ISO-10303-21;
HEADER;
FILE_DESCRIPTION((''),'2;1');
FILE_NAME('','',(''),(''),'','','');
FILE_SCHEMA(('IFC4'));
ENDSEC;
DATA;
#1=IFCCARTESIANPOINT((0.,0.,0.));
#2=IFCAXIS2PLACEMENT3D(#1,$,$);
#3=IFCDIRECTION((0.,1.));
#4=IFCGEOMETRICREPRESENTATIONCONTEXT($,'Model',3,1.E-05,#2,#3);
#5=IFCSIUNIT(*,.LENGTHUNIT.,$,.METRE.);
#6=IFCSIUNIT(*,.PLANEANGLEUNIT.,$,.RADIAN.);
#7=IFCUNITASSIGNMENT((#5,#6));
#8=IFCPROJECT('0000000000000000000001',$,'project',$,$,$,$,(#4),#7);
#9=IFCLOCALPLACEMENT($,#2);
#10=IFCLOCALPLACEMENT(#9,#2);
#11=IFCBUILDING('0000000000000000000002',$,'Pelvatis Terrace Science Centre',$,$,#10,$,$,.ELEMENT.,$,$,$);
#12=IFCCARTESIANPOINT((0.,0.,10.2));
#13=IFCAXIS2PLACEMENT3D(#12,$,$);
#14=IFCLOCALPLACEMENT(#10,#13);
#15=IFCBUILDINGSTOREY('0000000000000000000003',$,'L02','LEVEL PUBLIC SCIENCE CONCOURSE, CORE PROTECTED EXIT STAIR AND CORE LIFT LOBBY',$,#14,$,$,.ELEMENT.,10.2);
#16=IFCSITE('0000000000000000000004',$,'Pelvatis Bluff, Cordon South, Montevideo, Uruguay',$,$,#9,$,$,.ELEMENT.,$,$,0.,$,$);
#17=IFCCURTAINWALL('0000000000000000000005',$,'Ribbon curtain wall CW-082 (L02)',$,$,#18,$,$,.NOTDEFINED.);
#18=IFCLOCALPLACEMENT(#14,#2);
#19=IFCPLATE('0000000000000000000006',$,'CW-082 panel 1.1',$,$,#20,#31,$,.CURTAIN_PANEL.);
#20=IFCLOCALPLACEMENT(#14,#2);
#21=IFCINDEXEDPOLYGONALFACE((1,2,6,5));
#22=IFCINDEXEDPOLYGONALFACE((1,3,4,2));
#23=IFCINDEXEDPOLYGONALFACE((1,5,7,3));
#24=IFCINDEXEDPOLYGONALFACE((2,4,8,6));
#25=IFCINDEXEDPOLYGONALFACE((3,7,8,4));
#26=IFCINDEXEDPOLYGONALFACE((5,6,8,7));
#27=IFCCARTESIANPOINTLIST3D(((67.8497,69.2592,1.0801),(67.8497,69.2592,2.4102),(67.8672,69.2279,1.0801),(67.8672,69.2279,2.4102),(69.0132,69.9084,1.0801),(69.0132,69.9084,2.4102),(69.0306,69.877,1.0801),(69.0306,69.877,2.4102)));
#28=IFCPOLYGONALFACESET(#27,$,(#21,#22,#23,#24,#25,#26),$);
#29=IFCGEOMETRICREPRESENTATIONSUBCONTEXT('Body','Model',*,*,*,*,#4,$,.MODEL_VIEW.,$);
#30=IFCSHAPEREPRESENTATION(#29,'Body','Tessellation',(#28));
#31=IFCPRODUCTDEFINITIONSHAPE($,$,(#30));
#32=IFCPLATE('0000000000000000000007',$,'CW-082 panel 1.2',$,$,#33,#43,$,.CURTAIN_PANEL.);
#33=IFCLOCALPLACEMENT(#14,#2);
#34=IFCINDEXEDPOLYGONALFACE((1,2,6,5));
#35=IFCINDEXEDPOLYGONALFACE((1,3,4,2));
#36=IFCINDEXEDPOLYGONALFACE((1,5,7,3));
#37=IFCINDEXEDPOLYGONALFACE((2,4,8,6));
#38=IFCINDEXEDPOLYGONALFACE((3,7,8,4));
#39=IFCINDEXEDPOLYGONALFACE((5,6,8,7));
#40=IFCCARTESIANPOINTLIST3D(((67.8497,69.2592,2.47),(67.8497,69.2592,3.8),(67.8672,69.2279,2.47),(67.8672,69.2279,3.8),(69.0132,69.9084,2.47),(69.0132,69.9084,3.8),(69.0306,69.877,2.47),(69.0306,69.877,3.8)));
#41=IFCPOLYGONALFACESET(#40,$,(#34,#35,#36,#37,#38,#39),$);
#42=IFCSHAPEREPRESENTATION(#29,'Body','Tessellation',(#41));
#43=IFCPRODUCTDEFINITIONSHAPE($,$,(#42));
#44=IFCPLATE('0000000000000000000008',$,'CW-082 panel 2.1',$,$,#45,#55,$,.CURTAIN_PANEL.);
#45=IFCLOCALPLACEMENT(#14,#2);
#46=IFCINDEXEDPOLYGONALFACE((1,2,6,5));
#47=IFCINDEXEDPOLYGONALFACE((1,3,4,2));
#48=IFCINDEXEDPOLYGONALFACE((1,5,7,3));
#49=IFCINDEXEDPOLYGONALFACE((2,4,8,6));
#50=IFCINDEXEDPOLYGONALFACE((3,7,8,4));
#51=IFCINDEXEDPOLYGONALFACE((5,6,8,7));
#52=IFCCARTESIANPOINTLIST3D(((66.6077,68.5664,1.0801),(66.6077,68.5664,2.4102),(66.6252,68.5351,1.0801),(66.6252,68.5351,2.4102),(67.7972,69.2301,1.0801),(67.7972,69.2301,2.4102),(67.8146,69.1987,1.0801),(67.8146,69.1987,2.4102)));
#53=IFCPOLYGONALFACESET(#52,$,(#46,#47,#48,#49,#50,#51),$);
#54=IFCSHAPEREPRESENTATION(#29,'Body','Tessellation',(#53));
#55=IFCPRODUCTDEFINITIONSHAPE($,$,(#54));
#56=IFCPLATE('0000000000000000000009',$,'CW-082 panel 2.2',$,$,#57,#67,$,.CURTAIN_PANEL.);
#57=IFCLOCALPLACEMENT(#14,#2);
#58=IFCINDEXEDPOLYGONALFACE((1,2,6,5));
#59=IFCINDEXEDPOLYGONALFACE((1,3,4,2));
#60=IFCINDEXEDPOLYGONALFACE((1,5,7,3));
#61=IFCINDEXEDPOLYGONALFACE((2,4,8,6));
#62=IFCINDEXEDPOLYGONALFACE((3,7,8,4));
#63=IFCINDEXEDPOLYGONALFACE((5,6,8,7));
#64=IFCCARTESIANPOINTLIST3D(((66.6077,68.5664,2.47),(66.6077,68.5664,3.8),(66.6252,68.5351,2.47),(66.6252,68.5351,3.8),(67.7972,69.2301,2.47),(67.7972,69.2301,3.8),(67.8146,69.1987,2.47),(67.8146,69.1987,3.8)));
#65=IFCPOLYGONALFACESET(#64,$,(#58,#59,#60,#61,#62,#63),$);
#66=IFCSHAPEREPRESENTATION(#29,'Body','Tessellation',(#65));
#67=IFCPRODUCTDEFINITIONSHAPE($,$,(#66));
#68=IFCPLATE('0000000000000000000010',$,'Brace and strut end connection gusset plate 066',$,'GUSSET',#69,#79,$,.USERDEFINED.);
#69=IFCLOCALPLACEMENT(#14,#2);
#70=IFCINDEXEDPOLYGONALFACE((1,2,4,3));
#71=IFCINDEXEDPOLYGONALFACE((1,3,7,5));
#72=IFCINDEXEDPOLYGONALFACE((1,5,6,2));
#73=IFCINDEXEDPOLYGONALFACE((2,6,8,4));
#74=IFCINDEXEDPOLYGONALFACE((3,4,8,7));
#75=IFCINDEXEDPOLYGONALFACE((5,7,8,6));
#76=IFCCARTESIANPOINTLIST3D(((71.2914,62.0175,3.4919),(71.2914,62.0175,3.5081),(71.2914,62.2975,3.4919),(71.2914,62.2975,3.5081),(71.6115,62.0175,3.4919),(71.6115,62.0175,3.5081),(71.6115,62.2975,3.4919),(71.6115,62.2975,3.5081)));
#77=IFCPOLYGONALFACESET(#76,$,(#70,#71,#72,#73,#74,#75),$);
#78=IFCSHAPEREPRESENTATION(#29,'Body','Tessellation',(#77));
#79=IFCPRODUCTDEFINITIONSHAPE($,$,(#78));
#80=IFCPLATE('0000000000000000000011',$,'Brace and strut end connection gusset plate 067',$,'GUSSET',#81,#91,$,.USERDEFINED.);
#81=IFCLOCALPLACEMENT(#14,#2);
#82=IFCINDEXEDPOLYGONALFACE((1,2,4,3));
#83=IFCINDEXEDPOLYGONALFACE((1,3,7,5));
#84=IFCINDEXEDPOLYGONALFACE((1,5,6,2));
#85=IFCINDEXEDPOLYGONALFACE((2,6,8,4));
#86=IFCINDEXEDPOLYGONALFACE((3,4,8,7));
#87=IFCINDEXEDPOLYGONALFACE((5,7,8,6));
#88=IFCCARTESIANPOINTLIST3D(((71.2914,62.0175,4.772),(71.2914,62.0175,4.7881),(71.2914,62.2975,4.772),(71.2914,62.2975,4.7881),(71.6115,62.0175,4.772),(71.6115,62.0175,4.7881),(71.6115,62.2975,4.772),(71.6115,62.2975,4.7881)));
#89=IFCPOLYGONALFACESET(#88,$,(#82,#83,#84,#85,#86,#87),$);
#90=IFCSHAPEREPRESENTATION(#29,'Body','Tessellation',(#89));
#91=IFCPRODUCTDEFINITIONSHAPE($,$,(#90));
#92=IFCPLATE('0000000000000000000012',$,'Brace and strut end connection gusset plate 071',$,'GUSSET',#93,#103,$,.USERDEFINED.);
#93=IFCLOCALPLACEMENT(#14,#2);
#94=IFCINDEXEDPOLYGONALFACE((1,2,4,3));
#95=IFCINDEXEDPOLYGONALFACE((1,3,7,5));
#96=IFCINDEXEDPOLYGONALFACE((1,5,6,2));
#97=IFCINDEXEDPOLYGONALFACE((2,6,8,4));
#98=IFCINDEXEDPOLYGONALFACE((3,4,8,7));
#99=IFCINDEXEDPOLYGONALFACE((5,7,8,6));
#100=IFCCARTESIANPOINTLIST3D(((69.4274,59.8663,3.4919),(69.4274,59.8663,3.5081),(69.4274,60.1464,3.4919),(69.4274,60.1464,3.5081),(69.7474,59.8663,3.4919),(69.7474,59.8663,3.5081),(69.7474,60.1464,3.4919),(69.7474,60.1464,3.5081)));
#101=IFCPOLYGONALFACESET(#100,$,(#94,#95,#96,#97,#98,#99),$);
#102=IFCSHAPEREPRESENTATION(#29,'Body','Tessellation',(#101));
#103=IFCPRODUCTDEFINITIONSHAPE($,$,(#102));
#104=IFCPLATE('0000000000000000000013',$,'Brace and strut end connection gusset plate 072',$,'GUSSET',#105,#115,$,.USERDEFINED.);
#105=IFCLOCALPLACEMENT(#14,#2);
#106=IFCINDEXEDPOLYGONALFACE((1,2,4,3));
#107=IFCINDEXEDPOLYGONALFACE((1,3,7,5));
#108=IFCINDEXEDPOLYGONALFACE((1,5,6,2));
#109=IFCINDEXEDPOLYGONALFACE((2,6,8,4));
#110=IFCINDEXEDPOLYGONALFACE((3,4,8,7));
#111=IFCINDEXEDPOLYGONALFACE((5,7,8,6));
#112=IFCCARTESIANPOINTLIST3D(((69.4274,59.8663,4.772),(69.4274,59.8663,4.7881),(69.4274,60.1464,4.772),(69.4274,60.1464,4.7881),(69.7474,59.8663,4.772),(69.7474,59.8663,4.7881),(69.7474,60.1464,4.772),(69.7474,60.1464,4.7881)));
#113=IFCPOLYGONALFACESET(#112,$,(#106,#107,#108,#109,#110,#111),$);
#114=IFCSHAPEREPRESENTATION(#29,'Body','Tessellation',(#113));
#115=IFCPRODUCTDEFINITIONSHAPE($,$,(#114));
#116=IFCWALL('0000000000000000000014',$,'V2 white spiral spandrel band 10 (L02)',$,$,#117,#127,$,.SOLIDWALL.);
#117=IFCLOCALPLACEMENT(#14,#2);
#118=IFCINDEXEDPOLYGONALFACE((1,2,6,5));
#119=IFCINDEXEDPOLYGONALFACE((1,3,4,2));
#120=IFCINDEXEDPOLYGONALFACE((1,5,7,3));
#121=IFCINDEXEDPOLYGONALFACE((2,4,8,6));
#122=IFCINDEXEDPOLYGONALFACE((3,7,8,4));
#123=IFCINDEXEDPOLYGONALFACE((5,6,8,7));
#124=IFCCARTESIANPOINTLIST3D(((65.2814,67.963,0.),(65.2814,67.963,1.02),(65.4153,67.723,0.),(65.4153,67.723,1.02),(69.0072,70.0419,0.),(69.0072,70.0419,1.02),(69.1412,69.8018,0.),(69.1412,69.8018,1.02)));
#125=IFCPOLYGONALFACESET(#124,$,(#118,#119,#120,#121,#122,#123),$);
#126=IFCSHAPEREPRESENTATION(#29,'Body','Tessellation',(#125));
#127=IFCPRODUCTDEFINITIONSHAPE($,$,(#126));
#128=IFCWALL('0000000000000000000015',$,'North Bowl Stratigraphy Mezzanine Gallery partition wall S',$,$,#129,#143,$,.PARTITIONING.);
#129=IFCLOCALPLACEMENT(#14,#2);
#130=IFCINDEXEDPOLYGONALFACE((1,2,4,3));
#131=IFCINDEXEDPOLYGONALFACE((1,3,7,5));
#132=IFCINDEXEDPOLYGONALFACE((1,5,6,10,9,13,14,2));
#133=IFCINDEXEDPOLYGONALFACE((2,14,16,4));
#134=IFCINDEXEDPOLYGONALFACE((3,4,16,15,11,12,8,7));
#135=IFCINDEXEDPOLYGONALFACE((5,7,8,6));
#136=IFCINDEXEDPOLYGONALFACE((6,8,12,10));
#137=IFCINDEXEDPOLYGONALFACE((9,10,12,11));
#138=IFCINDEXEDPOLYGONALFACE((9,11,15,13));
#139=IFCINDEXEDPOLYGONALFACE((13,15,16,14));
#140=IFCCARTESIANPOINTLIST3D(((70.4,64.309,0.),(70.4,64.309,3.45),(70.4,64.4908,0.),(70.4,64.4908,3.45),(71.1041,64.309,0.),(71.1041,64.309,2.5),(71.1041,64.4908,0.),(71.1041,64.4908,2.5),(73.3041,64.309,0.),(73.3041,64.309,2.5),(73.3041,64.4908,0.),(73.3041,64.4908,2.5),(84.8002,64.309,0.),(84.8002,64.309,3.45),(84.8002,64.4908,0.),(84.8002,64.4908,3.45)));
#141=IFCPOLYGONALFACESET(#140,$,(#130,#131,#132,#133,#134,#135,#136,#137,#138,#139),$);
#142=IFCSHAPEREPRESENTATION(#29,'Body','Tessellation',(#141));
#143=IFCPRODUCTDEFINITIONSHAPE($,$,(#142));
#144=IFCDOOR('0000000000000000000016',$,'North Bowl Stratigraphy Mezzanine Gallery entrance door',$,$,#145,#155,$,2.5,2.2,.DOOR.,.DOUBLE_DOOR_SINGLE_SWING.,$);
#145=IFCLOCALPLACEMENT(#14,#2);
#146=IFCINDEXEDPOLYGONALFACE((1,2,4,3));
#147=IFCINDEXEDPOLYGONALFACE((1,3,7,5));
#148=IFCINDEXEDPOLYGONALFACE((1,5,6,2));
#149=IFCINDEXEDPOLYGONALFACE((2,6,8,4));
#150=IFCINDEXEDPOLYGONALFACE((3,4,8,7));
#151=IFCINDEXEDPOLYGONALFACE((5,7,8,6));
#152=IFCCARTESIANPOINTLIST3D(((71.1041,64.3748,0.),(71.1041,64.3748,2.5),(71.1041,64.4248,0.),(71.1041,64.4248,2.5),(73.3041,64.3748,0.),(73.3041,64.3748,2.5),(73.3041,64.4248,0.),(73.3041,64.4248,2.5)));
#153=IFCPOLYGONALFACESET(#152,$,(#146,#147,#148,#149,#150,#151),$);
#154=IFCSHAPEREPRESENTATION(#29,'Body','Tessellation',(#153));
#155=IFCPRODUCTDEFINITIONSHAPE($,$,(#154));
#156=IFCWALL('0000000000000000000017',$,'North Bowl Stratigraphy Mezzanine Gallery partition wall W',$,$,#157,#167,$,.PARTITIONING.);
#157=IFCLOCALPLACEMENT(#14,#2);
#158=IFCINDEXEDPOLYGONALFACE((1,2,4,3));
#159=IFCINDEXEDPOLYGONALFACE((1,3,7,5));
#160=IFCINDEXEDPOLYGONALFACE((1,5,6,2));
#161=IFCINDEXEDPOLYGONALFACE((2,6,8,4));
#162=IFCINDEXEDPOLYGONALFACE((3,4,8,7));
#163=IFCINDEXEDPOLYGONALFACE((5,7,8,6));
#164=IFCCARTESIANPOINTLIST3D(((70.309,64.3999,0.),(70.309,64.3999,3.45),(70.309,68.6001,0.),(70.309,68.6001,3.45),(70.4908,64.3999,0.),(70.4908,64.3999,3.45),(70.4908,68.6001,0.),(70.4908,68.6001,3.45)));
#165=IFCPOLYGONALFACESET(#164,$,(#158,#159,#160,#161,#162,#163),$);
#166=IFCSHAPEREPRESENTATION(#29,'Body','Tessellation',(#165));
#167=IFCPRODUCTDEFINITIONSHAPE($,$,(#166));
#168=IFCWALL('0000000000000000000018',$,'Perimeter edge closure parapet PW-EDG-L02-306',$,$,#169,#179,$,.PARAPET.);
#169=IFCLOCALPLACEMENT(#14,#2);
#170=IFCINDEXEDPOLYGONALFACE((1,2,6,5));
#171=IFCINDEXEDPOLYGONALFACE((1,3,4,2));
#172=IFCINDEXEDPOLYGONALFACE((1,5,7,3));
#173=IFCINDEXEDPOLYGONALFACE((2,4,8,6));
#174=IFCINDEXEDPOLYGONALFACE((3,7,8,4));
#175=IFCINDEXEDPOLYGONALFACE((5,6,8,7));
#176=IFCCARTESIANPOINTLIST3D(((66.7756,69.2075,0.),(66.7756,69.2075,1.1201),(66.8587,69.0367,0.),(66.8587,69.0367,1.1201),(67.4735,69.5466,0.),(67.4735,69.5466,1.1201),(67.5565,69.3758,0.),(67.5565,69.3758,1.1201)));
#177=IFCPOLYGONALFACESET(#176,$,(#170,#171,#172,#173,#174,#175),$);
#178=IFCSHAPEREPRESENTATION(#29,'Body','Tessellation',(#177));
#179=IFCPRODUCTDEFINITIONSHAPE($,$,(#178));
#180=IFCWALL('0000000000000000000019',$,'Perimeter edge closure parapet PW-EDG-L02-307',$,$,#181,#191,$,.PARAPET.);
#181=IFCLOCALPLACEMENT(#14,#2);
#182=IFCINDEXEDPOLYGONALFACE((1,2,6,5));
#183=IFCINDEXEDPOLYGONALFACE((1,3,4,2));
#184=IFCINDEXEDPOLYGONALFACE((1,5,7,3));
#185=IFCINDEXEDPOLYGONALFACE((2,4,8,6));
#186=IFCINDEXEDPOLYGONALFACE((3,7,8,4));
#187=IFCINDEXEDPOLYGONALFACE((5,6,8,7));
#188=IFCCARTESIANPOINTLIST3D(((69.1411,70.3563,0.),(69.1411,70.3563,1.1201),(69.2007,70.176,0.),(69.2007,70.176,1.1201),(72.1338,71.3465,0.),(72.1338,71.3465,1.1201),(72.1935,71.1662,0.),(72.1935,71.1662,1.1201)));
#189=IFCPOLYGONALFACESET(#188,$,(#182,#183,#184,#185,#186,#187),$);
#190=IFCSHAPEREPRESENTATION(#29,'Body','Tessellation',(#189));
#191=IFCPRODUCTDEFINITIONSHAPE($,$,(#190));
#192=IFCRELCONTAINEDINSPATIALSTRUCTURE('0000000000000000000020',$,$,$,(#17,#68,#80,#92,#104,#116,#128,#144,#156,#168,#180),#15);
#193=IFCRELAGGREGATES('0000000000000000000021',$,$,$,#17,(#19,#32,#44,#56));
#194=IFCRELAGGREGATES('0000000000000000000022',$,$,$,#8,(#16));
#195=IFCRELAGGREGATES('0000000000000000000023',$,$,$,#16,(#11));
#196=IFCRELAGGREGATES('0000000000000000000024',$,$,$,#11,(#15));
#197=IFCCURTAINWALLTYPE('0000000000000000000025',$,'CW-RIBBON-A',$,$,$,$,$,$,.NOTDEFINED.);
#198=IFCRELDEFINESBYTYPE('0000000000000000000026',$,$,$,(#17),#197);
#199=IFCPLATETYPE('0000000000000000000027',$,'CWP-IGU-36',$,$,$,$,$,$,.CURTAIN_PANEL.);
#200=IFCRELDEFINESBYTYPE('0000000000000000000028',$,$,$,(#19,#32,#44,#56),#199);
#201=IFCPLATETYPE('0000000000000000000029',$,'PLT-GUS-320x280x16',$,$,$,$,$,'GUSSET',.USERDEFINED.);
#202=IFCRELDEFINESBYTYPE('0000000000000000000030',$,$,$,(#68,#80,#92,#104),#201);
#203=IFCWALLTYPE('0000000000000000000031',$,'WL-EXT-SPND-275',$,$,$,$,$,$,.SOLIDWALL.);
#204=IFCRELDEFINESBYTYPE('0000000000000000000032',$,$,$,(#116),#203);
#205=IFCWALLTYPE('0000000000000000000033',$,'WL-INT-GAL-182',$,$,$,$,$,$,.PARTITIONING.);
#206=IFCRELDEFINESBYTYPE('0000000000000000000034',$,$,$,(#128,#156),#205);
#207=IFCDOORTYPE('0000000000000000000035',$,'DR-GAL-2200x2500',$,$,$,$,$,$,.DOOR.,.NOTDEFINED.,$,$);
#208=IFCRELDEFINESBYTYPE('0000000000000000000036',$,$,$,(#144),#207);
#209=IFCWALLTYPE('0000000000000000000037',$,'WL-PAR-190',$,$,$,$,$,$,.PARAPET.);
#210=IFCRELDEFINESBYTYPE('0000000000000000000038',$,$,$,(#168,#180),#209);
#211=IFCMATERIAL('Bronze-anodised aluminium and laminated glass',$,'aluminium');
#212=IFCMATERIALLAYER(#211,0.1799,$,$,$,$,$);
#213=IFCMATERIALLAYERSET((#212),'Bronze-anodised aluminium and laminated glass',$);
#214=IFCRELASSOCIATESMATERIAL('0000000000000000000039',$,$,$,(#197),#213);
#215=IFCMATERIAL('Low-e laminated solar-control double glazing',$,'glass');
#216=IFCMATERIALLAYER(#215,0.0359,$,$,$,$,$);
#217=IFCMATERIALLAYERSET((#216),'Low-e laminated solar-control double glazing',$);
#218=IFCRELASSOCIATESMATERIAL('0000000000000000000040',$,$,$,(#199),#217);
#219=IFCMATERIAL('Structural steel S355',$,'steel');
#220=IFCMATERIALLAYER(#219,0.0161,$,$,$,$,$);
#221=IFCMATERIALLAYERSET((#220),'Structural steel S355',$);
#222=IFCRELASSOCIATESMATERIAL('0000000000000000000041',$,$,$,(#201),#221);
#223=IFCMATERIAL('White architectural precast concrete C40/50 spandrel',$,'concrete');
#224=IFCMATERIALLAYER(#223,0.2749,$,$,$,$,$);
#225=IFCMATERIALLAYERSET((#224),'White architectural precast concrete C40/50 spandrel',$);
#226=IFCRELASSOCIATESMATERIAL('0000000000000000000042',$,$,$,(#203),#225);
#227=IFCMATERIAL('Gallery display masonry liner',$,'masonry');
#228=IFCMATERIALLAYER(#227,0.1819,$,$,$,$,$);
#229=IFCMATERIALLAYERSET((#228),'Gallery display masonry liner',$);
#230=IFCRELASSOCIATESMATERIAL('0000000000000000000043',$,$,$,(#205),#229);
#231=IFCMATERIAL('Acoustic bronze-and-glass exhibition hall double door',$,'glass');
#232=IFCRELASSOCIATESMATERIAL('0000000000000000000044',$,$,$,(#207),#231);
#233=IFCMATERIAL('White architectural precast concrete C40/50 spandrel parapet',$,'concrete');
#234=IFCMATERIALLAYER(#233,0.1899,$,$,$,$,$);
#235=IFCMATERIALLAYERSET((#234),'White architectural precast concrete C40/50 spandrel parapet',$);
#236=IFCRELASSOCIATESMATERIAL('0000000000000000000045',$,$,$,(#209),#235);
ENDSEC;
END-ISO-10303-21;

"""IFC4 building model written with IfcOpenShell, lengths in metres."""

from ifc_helpers import new_model, si_unit, direction, frame, frame_2d, origin, origin_2d, place, context, subcontext, project, spatial, rectangle, extrude, material, layer, layer_set, type_object, element, fill, aggregate, save


model = new_model("IFC4")

# Units and contexts
model_context = context("Model", 3, precision=1e-05, world=origin(), true_north=direction((0.0, 1.0)))
body_context = subcontext(model_context, "Body", "Model", "MODEL_VIEW")
ifc_project = project(units=[si_unit("LENGTHUNIT", "METRE"), si_unit("PLANEANGLEUNIT", "RADIAN")], contexts=[model_context])

# Site, building, storey
site_placement = place(None, origin())
site = spatial("IfcSite", under=ifc_project, at=site_placement, Name="Pelvatis Bluff, Cordon South, Montevideo, Uruguay", CompositionType="ELEMENT", RefElevation=0.0)
building_placement = place(site_placement, origin())
building = spatial("IfcBuilding", under=site, at=building_placement, Name="Pelvatis Terrace Science Centre", CompositionType="ELEMENT")
storey_placement = place(building_placement, frame((0.0, 0.0, 10.2)))
storey = spatial("IfcBuildingStorey", under=building, at=storey_placement, Name="L02", Description="LEVEL PUBLIC SCIENCE CONCOURSE, CORE PROTECTED EXIT STAIR AND CORE LIFT LOBBY", CompositionType="ELEMENT", Elevation=10.2)

# Curtain wall
ifc_material_1 = material(Name="Bronze-anodised aluminium and laminated glass", Category="aluminium")
ifc_layer_1 = layer(ifc_material_1, 0.1799)
ifc_layer_set_1 = layer_set([ifc_layer_1], Name="Bronze-anodised aluminium and laminated glass")
curtain_wall_type = type_object("IfcCurtainWallType", Name="CW-RIBBON-A", PredefinedType="NOTDEFINED", material=ifc_layer_set_1)
curtain_wall_1_placement = place(storey_placement, origin())
curtain_wall_1 = element("IfcCurtainWall", 1, at=curtain_wall_1_placement, inside=storey, type_object=curtain_wall_type, Name="Ribbon curtain wall CW-082 (L02)", PredefinedType="NOTDEFINED")

# Plates
ifc_material_2 = material(Name="Low-e laminated solar-control double glazing", Category="glass")
ifc_layer_2 = layer(ifc_material_2, 0.0359)
ifc_layer_set_2 = layer_set([ifc_layer_2], Name="Low-e laminated solar-control double glazing")
plate_type_1 = type_object("IfcPlateType", Name="CWP-IGU-36", PredefinedType="CURTAIN_PANEL", material=ifc_layer_set_2)
plate_1_placement = place(storey_placement, frame((68.4402, 69.5681, 1.0801), z_axis=(0.0, 0.0, 1.0), x_axis=(-0.873259, -0.487256, 0.0)))
plate_1 = element("IfcPlate", 2, at=plate_1_placement, type_object=plate_type_1, Name="CW-082 panel 1.1", PredefinedType="CURTAIN_PANEL", context=body_context, shape_type="SweptSolid", body=[
    extrude(rectangle(XDim=1.3323, YDim=0.0359, at=origin_2d()), origin(), (0.0, 0.0, 1.0), 1.3301),
])
plate_2_placement = place(storey_placement, frame((68.4402, 69.5681, 2.47), z_axis=(0.0, 0.0, 1.0), x_axis=(-0.873259, -0.487256, 0.0)))
plate_2 = element("IfcPlate", 3, at=plate_2_placement, type_object=plate_type_1, Name="CW-082 panel 1.2", PredefinedType="CURTAIN_PANEL", context=body_context, shape_type="SweptSolid", body=[
    extrude(rectangle(XDim=1.3323, YDim=0.0359, at=origin_2d()), origin(), (0.0, 0.0, 1.0), 1.3301),
])
plate_3_placement = place(storey_placement, frame((67.2112, 68.8826, 1.0801), z_axis=(0.0, 0.0, 1.0), x_axis=(-0.873259, -0.487256, 0.0)))
plate_3 = element("IfcPlate", 4, at=plate_3_placement, type_object=plate_type_1, Name="CW-082 panel 2.1", PredefinedType="CURTAIN_PANEL", context=body_context, shape_type="SweptSolid", body=[
    extrude(rectangle(XDim=1.3621, YDim=0.0359, at=origin_2d()), origin(), (0.0, 0.0, 1.0), 1.3301),
])
plate_4_placement = place(storey_placement, frame((67.2112, 68.8826, 2.47), z_axis=(0.0, 0.0, 1.0), x_axis=(-0.873259, -0.487256, 0.0)))
plate_4 = element("IfcPlate", 5, at=plate_4_placement, type_object=plate_type_1, Name="CW-082 panel 2.2", PredefinedType="CURTAIN_PANEL", context=body_context, shape_type="SweptSolid", body=[
    extrude(rectangle(XDim=1.3621, YDim=0.0359, at=origin_2d()), origin(), (0.0, 0.0, 1.0), 1.3301),
])
aggregate(curtain_wall_1, [plate_1, plate_2, plate_3, plate_4])

# Plates
ifc_material_3 = material(Name="Structural steel S355", Category="steel")
ifc_layer_3 = layer(ifc_material_3, 0.0161)
ifc_layer_set_3 = layer_set([ifc_layer_3], Name="Structural steel S355")
plate_type_2 = type_object("IfcPlateType", Name="PLT-GUS-320x280x16", ElementType="GUSSET", PredefinedType="USERDEFINED", material=ifc_layer_set_3)
for number, where, z_axis, x_axis, name in (
    (6, (71.4514, 62.1575, 3.4919), (0.0, 0.0, 1.0), (1.0, 0.0, 0.0), "Brace and strut end connection gusset plate 066"),
    (7, (71.4514, 62.1575, 4.772), (0.0, 0.0, 1.0), (1.0, 0.0, 0.0), "Brace and strut end connection gusset plate 067"),
    (8, (69.5874, 60.0063, 3.4919), (0.0, 0.0, 1.0), (1.0, 0.0, 0.0), "Brace and strut end connection gusset plate 071"),
    (9, (69.5874, 60.0063, 4.772), (0.0, 0.0, 1.0), (1.0, 0.0, 0.0), "Brace and strut end connection gusset plate 072"),
):
    element("IfcPlate", number, at=place(storey_placement, frame(where, z_axis=z_axis, x_axis=x_axis)), inside=storey, type_object=plate_type_2, Name=name, ObjectType="GUSSET", PredefinedType="USERDEFINED", context=body_context, shape_type="SweptSolid", body=[
        extrude(rectangle(XDim=0.3201, YDim=0.28, at=origin_2d()), origin(), (0.0, 0.0, 1.0), 0.0161),
    ])

# Wall
ifc_material_4 = material(Name="White architectural precast concrete C40/50 spandrel", Category="concrete")
ifc_layer_4 = layer(ifc_material_4, 0.2749)
ifc_layer_set_4 = layer_set([ifc_layer_4], Name="White architectural precast concrete C40/50 spandrel")
wall_type_1 = type_object("IfcWallType", Name="WL-EXT-SPND-275", PredefinedType="SOLIDWALL", material=ifc_layer_set_4)
wall_1_placement = place(storey_placement, frame((69.0742, 69.9219, 0.0), z_axis=(0.0, 0.0, 1.0), x_axis=(-0.873265, -0.487245, 0.0)))
element("IfcWall", 10, at=wall_1_placement, inside=storey, type_object=wall_type_1, Name="V2 white spiral spandrel band 10 (L02)", PredefinedType="SOLIDWALL", context=body_context, shape_type="SweptSolid", body=[
    extrude(rectangle(XDim=4.2666, YDim=0.2749, at=frame_2d((2.1333, 0.0))), origin(), (0.0, 0.0, 1.0), 1.02),
])

# Wall, opening, door
ifc_material_5 = material(Name="Gallery display masonry liner", Category="masonry")
ifc_layer_5 = layer(ifc_material_5, 0.1819)
ifc_layer_set_5 = layer_set([ifc_layer_5], Name="Gallery display masonry liner")
wall_type_2 = type_object("IfcWallType", Name="WL-INT-GAL-182", PredefinedType="PARTITIONING", material=ifc_layer_set_5)
wall_2_placement = place(storey_placement, frame((70.3999, 64.3999, 0.0), z_axis=(0.0, 0.0, 1.0), x_axis=(1.0, 0.0, 0.0)))
wall_2 = element("IfcWall", 11, at=wall_2_placement, inside=storey, type_object=wall_type_2, Name="North Bowl Stratigraphy Mezzanine Gallery partition wall S", PredefinedType="PARTITIONING", context=body_context, shape_type="SweptSolid", body=[
    extrude(rectangle(XDim=14.4001, YDim=0.1819, at=frame_2d((7.2002, 0.0))), origin(), (0.0, 0.0, 1.0), 3.45),
])
opening_placement = place(wall_2_placement, frame((0.7041, 0.0, 0.0)))
opening = element("IfcOpeningElement", 12, at=opening_placement, cuts=wall_2, PredefinedType="OPENING", context=body_context, shape_type="SweptSolid", body=[
    extrude(rectangle(XDim=2.2, YDim=2.5, at=frame_2d((1.1001, 1.25))), frame((0.0, 0.1008, 0.0), z_axis=(0.0, -1.0, 0.0), x_axis=(1.0, 0.0, 0.0)), (0.0, 0.0, 1.0), 0.2019),
])
ifc_material_6 = material(Name="Acoustic bronze-and-glass exhibition hall double door", Category="glass")
door_type = type_object("IfcDoorType", Name="DR-GAL-2200x2500", OperationType="NOTDEFINED", PredefinedType="DOOR", material=ifc_material_6)
door_placement = place(opening_placement, origin())
door = element("IfcDoor", 13, at=door_placement, inside=storey, type_object=door_type, Name="North Bowl Stratigraphy Mezzanine Gallery entrance door", OperationType="DOUBLE_DOOR_SINGLE_SWING", OverallHeight=2.5, OverallWidth=2.2, PredefinedType="DOOR", context=body_context, shape_type="SweptSolid", body=[
    extrude(rectangle(XDim=2.2, YDim=2.5, at=frame_2d((1.1001, 1.25))), frame((0.0, 0.0249, 0.0), z_axis=(0.0, -1.0, 0.0), x_axis=(1.0, 0.0, 0.0)), (0.0, 0.0, 1.0), 0.05),
])
fill(opening, door)

# Walls
wall_3_placement = place(storey_placement, frame((70.3999, 68.6001, 0.0), z_axis=(0.0, 0.0, 1.0), x_axis=(0.0, -1.0, 0.0)))
element("IfcWall", 14, at=wall_3_placement, inside=storey, type_object=wall_type_2, Name="North Bowl Stratigraphy Mezzanine Gallery partition wall W", PredefinedType="PARTITIONING", context=body_context, shape_type="SweptSolid", body=[
    extrude(rectangle(XDim=4.2002, YDim=0.1819, at=frame_2d((2.1001, 0.0))), origin(), (0.0, 0.0, 1.0), 3.45),
])
ifc_material_7 = material(Name="White architectural precast concrete C40/50 spandrel parapet", Category="concrete")
ifc_layer_6 = layer(ifc_material_7, 0.1899)
ifc_layer_set_6 = layer_set([ifc_layer_6], Name="White architectural precast concrete C40/50 spandrel parapet")
wall_type_3 = type_object("IfcWallType", Name="WL-PAR-190", PredefinedType="PARAPET", material=ifc_layer_set_6)
wall_4_placement = place(storey_placement, frame((66.8171, 69.1221, 0.0), z_axis=(0.0, 0.0, 1.0), x_axis=(0.899406, 0.437115, 0.0)))
element("IfcWall", 15, at=wall_4_placement, inside=storey, type_object=wall_type_3, Name="Perimeter edge closure parapet PW-EDG-L02-306", PredefinedType="PARAPET", context=body_context, shape_type="SweptSolid", body=[
    extrude(rectangle(XDim=0.7759, YDim=0.1899, at=frame_2d((0.3879, 0.0))), origin(), (0.0, 0.0, 1.0), 1.1201),
])
wall_5_placement = place(storey_placement, frame((69.1709, 70.2661, 0.0), z_axis=(0.0, 0.0, 1.0), x_axis=(0.949378, 0.314136, 0.0)))
element("IfcWall", 16, at=wall_5_placement, inside=storey, type_object=wall_type_3, Name="Perimeter edge closure parapet PW-EDG-L02-307", PredefinedType="PARAPET", context=body_context, shape_type="SweptSolid", body=[
    extrude(rectangle(XDim=3.1523, YDim=0.1899, at=frame_2d((1.5762, 0.0))), origin(), (0.0, 0.0, 1.0), 1.1201),
])

save(model, "model.ifc")
